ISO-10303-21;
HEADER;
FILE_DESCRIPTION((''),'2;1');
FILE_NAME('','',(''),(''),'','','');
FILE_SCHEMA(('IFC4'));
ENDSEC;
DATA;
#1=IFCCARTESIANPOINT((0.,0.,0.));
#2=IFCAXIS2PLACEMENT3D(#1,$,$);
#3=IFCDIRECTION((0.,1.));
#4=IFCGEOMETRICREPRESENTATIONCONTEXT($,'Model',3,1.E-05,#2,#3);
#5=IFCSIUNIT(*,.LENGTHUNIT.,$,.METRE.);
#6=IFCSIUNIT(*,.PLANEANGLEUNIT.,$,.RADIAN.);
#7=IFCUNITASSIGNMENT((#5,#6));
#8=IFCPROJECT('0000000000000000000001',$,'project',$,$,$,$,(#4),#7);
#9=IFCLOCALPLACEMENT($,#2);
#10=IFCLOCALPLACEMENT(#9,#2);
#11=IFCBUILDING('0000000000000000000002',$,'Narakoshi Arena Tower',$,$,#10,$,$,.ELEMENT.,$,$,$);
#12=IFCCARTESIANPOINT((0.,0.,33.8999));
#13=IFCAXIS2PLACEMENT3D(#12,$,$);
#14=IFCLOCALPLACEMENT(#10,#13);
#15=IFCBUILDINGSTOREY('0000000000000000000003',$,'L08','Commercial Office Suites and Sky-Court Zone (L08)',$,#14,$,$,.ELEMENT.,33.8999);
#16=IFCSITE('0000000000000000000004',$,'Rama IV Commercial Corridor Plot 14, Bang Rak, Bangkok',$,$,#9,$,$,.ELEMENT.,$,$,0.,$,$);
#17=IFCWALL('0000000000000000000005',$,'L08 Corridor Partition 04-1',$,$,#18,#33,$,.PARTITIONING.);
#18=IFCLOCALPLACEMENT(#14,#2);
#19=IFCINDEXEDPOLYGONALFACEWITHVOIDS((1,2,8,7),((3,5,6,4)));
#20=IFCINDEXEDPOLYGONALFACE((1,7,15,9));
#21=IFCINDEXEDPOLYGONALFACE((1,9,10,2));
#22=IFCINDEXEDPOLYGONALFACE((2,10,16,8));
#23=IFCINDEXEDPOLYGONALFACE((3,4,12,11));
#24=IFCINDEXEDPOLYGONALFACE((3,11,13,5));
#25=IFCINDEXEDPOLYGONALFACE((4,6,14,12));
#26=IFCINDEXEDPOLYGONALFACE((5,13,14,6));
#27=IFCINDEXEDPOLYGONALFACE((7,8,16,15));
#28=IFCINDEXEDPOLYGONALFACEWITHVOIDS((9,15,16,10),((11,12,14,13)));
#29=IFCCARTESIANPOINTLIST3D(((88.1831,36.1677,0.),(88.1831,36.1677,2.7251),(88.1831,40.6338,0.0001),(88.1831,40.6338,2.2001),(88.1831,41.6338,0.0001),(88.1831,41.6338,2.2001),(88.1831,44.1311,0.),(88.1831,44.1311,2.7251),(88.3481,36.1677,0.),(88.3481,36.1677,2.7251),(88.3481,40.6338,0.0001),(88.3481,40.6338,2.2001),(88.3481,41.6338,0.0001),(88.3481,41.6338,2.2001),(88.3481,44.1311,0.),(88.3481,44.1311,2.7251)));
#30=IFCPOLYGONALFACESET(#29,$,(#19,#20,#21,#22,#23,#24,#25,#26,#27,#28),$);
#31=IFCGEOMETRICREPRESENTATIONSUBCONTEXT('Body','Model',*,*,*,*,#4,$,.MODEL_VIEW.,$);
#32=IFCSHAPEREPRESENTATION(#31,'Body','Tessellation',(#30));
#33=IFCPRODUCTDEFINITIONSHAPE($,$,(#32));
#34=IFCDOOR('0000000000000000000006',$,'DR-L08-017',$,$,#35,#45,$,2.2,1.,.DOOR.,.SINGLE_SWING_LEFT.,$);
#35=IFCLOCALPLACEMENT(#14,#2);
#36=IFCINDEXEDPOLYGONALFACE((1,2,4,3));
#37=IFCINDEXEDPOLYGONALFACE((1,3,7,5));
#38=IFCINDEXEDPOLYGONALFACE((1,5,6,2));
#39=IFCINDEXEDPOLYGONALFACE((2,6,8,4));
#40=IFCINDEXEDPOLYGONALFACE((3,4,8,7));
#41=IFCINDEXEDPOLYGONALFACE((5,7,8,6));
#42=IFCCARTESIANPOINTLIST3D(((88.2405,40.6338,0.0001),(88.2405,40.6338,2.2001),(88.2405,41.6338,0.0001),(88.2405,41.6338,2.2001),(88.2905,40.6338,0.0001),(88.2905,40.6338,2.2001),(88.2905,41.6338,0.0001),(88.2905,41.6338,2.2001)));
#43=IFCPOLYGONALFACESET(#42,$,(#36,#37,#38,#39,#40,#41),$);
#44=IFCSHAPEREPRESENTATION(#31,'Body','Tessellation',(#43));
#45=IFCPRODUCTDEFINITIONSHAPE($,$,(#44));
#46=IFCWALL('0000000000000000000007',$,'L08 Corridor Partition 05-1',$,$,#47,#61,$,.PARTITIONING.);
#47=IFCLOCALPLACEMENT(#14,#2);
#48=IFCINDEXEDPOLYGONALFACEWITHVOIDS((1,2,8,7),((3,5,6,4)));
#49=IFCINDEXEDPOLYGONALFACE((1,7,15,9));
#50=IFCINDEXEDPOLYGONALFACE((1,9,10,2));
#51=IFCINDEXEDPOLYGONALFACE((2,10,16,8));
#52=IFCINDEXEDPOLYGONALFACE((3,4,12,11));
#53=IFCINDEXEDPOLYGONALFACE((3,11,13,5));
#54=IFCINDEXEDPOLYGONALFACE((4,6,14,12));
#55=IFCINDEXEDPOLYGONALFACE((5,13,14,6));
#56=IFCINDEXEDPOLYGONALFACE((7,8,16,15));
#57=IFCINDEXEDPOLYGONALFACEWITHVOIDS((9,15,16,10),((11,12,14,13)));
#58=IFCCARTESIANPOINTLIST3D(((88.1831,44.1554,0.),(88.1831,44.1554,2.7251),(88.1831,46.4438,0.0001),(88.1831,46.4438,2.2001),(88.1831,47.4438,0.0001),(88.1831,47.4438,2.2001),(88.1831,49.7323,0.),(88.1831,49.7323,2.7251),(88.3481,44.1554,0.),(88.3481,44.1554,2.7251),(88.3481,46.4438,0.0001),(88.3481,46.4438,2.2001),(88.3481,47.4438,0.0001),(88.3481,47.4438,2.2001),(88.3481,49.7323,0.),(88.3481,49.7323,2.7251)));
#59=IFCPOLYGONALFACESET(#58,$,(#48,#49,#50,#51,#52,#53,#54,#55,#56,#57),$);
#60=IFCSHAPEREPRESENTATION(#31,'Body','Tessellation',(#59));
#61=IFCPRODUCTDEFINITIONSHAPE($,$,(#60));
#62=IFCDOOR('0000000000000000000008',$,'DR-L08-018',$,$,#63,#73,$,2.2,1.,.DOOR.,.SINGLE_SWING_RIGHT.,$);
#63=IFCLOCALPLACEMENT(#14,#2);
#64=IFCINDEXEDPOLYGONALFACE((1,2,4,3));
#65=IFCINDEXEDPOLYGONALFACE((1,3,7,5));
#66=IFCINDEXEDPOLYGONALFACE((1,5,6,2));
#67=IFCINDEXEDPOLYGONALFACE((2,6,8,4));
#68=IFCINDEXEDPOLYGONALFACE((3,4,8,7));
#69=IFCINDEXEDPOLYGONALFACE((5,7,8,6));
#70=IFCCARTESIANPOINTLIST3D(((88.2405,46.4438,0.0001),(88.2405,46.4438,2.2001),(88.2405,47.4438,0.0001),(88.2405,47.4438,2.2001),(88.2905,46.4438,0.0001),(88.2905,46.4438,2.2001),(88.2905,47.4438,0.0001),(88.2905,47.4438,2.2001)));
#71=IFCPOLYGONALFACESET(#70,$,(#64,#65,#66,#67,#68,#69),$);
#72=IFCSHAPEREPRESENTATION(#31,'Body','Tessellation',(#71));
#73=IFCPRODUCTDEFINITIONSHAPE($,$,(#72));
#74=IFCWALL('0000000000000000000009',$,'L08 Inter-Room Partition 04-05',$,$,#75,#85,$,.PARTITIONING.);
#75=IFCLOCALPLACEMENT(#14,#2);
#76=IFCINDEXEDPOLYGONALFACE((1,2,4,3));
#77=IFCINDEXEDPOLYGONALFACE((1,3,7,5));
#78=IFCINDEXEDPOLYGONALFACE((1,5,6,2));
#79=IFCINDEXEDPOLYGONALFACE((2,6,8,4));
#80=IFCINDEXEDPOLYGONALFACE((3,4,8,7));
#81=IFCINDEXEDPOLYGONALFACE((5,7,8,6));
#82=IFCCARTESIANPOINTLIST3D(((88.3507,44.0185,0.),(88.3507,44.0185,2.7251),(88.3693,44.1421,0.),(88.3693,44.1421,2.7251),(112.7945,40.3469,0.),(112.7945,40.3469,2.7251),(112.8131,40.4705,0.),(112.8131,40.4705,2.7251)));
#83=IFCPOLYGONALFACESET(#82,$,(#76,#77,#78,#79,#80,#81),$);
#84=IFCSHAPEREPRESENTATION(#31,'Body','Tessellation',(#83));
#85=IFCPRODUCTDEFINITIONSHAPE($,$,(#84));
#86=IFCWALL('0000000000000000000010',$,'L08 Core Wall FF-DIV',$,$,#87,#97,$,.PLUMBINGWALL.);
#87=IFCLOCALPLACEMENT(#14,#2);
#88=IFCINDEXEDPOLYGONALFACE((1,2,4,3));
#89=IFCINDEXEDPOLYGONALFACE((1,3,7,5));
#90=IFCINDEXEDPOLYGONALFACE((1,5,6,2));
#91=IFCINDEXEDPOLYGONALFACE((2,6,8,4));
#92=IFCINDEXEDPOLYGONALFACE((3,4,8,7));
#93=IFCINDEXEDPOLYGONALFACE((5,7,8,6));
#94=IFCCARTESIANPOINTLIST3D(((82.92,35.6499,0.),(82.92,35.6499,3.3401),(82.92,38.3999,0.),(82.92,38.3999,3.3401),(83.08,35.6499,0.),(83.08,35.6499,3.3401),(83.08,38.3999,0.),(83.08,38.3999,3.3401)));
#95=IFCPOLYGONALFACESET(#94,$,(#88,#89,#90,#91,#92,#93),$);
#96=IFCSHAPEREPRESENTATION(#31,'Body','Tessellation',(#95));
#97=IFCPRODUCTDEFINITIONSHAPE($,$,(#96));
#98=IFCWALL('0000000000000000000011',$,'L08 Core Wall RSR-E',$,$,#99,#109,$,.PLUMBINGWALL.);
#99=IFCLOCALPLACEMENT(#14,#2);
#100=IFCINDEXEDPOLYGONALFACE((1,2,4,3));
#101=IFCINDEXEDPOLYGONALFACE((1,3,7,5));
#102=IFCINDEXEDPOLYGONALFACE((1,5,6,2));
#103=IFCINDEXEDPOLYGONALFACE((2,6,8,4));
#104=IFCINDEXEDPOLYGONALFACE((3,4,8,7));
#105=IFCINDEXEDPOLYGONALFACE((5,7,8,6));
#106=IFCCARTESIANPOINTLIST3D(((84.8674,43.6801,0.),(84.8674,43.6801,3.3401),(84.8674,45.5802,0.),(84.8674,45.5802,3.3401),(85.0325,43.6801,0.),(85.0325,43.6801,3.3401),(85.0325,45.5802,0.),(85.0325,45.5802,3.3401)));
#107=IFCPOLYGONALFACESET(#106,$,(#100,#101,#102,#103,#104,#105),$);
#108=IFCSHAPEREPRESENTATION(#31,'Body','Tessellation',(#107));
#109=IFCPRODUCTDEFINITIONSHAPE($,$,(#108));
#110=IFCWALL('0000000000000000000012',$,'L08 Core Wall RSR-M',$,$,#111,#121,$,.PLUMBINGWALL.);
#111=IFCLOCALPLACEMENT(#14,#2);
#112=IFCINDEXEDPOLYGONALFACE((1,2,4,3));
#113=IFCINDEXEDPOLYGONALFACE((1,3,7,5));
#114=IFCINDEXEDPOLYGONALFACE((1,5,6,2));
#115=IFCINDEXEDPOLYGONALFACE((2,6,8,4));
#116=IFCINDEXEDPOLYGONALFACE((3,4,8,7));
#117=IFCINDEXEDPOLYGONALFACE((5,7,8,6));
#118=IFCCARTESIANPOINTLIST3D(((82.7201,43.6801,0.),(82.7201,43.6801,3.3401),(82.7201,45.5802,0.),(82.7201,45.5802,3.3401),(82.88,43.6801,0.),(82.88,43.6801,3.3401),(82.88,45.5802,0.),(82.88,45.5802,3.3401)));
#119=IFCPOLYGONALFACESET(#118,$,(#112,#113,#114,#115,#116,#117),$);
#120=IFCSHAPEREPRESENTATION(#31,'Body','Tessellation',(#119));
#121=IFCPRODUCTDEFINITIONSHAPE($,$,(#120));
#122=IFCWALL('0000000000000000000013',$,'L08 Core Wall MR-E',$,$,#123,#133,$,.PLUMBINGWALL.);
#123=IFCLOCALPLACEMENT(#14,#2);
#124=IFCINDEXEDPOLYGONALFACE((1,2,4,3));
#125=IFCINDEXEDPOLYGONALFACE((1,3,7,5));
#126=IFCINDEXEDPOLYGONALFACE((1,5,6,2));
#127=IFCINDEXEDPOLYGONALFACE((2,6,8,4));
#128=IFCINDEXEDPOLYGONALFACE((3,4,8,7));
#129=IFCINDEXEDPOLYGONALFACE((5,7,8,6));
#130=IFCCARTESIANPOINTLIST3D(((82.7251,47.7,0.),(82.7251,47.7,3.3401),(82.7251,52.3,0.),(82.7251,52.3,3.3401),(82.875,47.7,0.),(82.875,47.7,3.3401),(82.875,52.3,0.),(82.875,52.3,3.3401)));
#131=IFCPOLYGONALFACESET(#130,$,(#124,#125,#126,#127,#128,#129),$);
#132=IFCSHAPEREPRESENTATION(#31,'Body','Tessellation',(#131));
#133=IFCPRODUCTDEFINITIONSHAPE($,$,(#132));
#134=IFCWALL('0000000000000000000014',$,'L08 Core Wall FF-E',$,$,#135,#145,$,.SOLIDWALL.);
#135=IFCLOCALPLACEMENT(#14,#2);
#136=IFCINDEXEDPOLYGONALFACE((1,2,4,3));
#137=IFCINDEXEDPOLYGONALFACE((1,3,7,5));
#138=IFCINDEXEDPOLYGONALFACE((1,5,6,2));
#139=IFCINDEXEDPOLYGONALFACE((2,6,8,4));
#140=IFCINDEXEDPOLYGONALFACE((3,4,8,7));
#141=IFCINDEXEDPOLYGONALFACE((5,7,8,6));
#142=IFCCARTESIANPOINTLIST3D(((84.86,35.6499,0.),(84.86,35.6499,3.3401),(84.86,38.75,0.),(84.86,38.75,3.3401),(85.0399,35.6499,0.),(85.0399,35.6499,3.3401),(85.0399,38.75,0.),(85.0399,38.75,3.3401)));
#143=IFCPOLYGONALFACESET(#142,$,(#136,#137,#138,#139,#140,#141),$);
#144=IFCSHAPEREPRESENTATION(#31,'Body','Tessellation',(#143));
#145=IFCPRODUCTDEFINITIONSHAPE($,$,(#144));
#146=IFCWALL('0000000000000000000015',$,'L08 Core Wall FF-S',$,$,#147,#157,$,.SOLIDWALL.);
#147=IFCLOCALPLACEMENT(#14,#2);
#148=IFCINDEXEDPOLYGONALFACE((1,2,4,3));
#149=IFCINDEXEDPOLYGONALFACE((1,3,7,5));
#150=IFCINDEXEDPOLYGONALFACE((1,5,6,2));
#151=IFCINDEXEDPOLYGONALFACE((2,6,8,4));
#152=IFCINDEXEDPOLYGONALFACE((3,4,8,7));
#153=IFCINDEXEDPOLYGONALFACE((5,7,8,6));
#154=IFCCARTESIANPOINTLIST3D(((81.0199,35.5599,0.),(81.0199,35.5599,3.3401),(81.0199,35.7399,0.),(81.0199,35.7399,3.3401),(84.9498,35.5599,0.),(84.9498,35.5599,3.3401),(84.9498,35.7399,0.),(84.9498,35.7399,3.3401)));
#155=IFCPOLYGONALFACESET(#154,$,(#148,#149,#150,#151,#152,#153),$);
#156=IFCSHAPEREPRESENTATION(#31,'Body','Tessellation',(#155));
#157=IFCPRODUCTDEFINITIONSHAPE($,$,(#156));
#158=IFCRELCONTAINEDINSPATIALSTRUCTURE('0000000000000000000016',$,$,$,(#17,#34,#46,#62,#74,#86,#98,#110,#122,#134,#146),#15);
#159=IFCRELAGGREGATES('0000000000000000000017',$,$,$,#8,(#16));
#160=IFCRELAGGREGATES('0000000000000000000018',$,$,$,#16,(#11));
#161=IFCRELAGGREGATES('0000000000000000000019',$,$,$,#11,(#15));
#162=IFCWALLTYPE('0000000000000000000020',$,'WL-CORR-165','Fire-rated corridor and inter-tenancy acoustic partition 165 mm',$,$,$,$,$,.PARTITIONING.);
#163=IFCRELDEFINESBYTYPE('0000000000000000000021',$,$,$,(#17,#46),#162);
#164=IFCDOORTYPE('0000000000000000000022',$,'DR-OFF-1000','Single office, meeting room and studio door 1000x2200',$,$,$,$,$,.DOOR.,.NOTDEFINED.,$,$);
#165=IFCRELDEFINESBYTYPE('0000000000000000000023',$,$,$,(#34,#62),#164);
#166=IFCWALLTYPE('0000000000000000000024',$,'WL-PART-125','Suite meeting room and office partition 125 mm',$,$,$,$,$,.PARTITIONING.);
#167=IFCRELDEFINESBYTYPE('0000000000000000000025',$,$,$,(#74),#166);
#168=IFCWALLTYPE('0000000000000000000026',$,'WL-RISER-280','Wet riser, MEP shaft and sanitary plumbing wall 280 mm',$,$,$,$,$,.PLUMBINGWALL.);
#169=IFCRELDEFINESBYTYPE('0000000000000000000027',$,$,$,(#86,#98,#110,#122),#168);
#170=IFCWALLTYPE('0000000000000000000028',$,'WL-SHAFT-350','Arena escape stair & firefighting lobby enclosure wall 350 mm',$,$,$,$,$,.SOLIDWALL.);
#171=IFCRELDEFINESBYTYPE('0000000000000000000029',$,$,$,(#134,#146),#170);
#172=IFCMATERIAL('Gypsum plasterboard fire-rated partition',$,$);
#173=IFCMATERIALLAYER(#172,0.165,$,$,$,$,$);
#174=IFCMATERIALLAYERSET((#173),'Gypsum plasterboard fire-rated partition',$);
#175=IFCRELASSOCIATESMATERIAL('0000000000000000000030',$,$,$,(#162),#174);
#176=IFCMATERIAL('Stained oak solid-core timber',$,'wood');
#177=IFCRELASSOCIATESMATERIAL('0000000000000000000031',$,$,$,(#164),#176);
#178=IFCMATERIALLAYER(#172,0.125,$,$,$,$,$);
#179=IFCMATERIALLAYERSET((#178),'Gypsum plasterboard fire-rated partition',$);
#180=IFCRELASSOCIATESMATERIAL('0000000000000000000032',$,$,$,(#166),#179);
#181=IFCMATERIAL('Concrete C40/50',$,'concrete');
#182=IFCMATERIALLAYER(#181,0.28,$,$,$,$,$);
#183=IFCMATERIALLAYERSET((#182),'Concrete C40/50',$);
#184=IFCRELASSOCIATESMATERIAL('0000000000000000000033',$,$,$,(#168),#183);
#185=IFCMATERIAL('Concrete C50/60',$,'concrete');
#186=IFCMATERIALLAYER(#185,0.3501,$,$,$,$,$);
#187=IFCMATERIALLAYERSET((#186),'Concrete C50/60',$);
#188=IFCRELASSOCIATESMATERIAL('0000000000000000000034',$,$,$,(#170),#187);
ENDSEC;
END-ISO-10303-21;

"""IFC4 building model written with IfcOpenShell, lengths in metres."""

from ifc_helpers import new_model, si_unit, direction, frame, frame_2d, origin, place, context, subcontext, project, spatial, rectangle, extrude, material, layer, layer_set, type_object, element, fill, save


model = new_model("IFC4")

# Units and contexts
model_context = context("Model", 3, precision=1e-05, world=origin(), true_north=direction((0.0, 1.0)))
body_context = subcontext(model_context, "Body", "Model", "MODEL_VIEW")
ifc_project = project(units=[si_unit("LENGTHUNIT", "METRE"), si_unit("PLANEANGLEUNIT", "RADIAN")], contexts=[model_context])

# Site, building, storey
site_placement = place(None, origin())
site = spatial("IfcSite", under=ifc_project, at=site_placement, Name="Rama IV Commercial Corridor Plot 14, Bang Rak, Bangkok", CompositionType="ELEMENT", RefElevation=0.0)
building_placement = place(site_placement, origin())
building = spatial("IfcBuilding", under=site, at=building_placement, Name="Narakoshi Arena Tower", CompositionType="ELEMENT")
storey_placement = place(building_placement, frame((0.0, 0.0, 33.8999)))
storey = spatial("IfcBuildingStorey", under=building, at=storey_placement, Name="L08", Description="Commercial Office Suites and Sky-Court Zone (L08)", CompositionType="ELEMENT", Elevation=33.8999)

# Walls, openings, doors
ifc_material_1 = material(Name="Gypsum plasterboard fire-rated partition")
ifc_layer_1 = layer(ifc_material_1, 0.165)
ifc_layer_set_1 = layer_set([ifc_layer_1], Name="Gypsum plasterboard fire-rated partition")
wall_type_1 = type_object("IfcWallType", Name="WL-CORR-165", Description="Fire-rated corridor and inter-tenancy acoustic partition 165 mm", PredefinedType="PARTITIONING", material=ifc_layer_set_1)
ifc_material_2 = material(Name="Stained oak solid-core timber", Category="wood")
door_type_1 = type_object("IfcDoorType", Name="DR-OFF-1000", Description="Single office, meeting room and studio door 1000x2200", OperationType="NOTDEFINED", PredefinedType="DOOR", material=ifc_material_2)
wall_1_placement = place(storey_placement, frame((88.2656, 36.1677, 0.0), z_axis=(0.0, 0.0, 1.0), x_axis=(0.0, 1.0, 0.0)))
wall_1 = element("IfcWall", 1, at=wall_1_placement, inside=storey, type_object=wall_type_1, Name="L08 Corridor Partition 04-1", PredefinedType="PARTITIONING", context=body_context, shape_type="SweptSolid", body=[
    extrude(rectangle(XDim=7.9634, YDim=0.165, at=frame_2d((3.9817, 0.0))), origin(), (0.0, 0.0, 1.0), 2.7251),
])
opening_1_placement = place(wall_1_placement, frame((4.4661, 0.0, 0.0)))
opening_1 = element("IfcOpeningElement", 2, at=opening_1_placement, cuts=wall_1, PredefinedType="OPENING", context=body_context, shape_type="SweptSolid", body=[
    extrude(rectangle(XDim=1.0, YDim=2.2, at=frame_2d((0.5, 1.1001))), frame((0.0, 0.0925, 0.0), z_axis=(0.0, -1.0, 0.0), x_axis=(1.0, 0.0, 0.0)), (0.0, 0.0, 1.0), 0.1851),
])
door_1_placement = place(opening_1_placement, frame((1.0, 0.0, 0.0), z_axis=(0.0, 0.0, 1.0), x_axis=(-1.0, 0.0, 0.0)))
door_1 = element("IfcDoor", 3, at=door_1_placement, inside=storey, type_object=door_type_1, Name="DR-L08-017", OperationType="SINGLE_SWING_LEFT", OverallHeight=2.2, OverallWidth=1.0, PredefinedType="DOOR", context=body_context, shape_type="SweptSolid", body=[
    extrude(rectangle(XDim=1.0, YDim=2.2, at=frame_2d((0.5, 1.1001))), frame((0.0, 0.0249, 0.0), z_axis=(0.0, -1.0, 0.0), x_axis=(1.0, 0.0, 0.0)), (0.0, 0.0, 1.0), 0.05),
])
fill(opening_1, door_1)
wall_2_placement = place(storey_placement, frame((88.2656, 44.1553, 0.0), z_axis=(0.0, 0.0, 1.0), x_axis=(0.0, 1.0, 0.0)))
wall_2 = element("IfcWall", 4, at=wall_2_placement, inside=storey, type_object=wall_type_1, Name="L08 Corridor Partition 05-1", PredefinedType="PARTITIONING", context=body_context, shape_type="SweptSolid", body=[
    extrude(rectangle(XDim=5.5769, YDim=0.165, at=frame_2d((2.7886, 0.0))), origin(), (0.0, 0.0, 1.0), 2.7251),
])
opening_2_placement = place(wall_2_placement, frame((2.2886, 0.0, 0.0)))
opening_2 = element("IfcOpeningElement", 5, at=opening_2_placement, cuts=wall_2, PredefinedType="OPENING", context=body_context, shape_type="SweptSolid", body=[
    extrude(rectangle(XDim=1.0, YDim=2.2, at=frame_2d((0.5, 1.1001))), frame((0.0, 0.0925, 0.0), z_axis=(0.0, -1.0, 0.0), x_axis=(1.0, 0.0, 0.0)), (0.0, 0.0, 1.0), 0.1851),
])
door_2_placement = place(opening_2_placement, frame((1.0, 0.0, 0.0), z_axis=(0.0, 0.0, 1.0), x_axis=(-1.0, 0.0, 0.0)))
door_2 = element("IfcDoor", 6, at=door_2_placement, inside=storey, type_object=door_type_1, Name="DR-L08-018", OperationType="SINGLE_SWING_RIGHT", OverallHeight=2.2, OverallWidth=1.0, PredefinedType="DOOR", context=body_context, shape_type="SweptSolid", body=[
    extrude(rectangle(XDim=1.0, YDim=2.2, at=frame_2d((0.5, 1.1001))), frame((0.0, 0.0249, 0.0), z_axis=(0.0, -1.0, 0.0), x_axis=(1.0, 0.0, 0.0)), (0.0, 0.0, 1.0), 0.05),
])
fill(opening_2, door_2)

# Walls
ifc_layer_2 = layer(ifc_material_1, 0.125)
ifc_layer_set_2 = layer_set([ifc_layer_2], Name="Gypsum plasterboard fire-rated partition")
wall_type_2 = type_object("IfcWallType", Name="WL-PART-125", Description="Suite meeting room and office partition 125 mm", PredefinedType="PARTITIONING", material=ifc_layer_set_2)
wall_3_placement = place(storey_placement, frame((88.3601, 44.0803, 0.0), z_axis=(0.0, 0.0, 1.0), x_axis=(0.988906, -0.14854, 0.0)))
element("IfcWall", 7, at=wall_3_placement, inside=storey, type_object=wall_type_2, Name="L08 Inter-Room Partition 04-05", PredefinedType="PARTITIONING", context=body_context, shape_type="SweptSolid", body=[
    extrude(rectangle(XDim=24.718, YDim=0.125, at=frame_2d((12.3589, 0.0))), origin(), (0.0, 0.0, 1.0), 2.7251),
])
ifc_material_3 = material(Name="Concrete C40/50", Category="concrete")
ifc_layer_3 = layer(ifc_material_3, 0.28)
ifc_layer_set_3 = layer_set([ifc_layer_3], Name="Concrete C40/50")
wall_type_3 = type_object("IfcWallType", Name="WL-RISER-280", Description="Wet riser, MEP shaft and sanitary plumbing wall 280 mm", PredefinedType="PLUMBINGWALL", material=ifc_layer_set_3)
wall_4_placement = place(storey_placement, frame((83.0, 35.6499, 0.0), z_axis=(0.0, 0.0, 1.0), x_axis=(0.0, 1.0, 0.0)))
element("IfcWall", 8, at=wall_4_placement, inside=storey, type_object=wall_type_3, Name="L08 Core Wall FF-DIV", PredefinedType="PLUMBINGWALL", context=body_context, shape_type="SweptSolid", body=[
    extrude(rectangle(XDim=2.75, YDim=0.1599, at=frame_2d((1.375, 0.0))), origin(), (0.0, 0.0, 1.0), 3.3401),
])
wall_5_placement = place(storey_placement, frame((84.95, 43.6799, 0.0), z_axis=(0.0, 0.0, 1.0), x_axis=(0.0, 1.0, 0.0)))
element("IfcWall", 9, at=wall_5_placement, inside=storey, type_object=wall_type_3, Name="L08 Core Wall RSR-E", PredefinedType="PLUMBINGWALL", context=body_context, shape_type="SweptSolid", body=[
    extrude(rectangle(XDim=1.9001, YDim=0.165, at=frame_2d((0.9502, 0.0))), origin(), (0.0, 0.0, 1.0), 3.3401),
])
wall_6_placement = place(storey_placement, frame((82.8, 43.6799, 0.0), z_axis=(0.0, 0.0, 1.0), x_axis=(0.0, 1.0, 0.0)))
element("IfcWall", 10, at=wall_6_placement, inside=storey, type_object=wall_type_3, Name="L08 Core Wall RSR-M", PredefinedType="PLUMBINGWALL", context=body_context, shape_type="SweptSolid", body=[
    extrude(rectangle(XDim=1.9001, YDim=0.1599, at=frame_2d((0.9502, 0.0))), origin(), (0.0, 0.0, 1.0), 3.3401),
])
wall_7_placement = place(storey_placement, frame((82.8, 47.7, 0.0), z_axis=(0.0, 0.0, 1.0), x_axis=(0.0, 1.0, 0.0)))
element("IfcWall", 11, at=wall_7_placement, inside=storey, type_object=wall_type_3, Name="L08 Core Wall MR-E", PredefinedType="PLUMBINGWALL", context=body_context, shape_type="SweptSolid", body=[
    extrude(rectangle(XDim=4.6001, YDim=0.1499, at=frame_2d((2.3, 0.0))), origin(), (0.0, 0.0, 1.0), 3.3401),
])
ifc_material_4 = material(Name="Concrete C50/60", Category="concrete")
ifc_layer_4 = layer(ifc_material_4, 0.3501)
ifc_layer_set_4 = layer_set([ifc_layer_4], Name="Concrete C50/60")
wall_type_4 = type_object("IfcWallType", Name="WL-SHAFT-350", Description="Arena escape stair & firefighting lobby enclosure wall 350 mm", PredefinedType="SOLIDWALL", material=ifc_layer_set_4)
wall_8_placement = place(storey_placement, frame((84.95, 35.6499, 0.0), z_axis=(0.0, 0.0, 1.0), x_axis=(0.0, 1.0, 0.0)))
element("IfcWall", 12, at=wall_8_placement, inside=storey, type_object=wall_type_4, Name="L08 Core Wall FF-E", PredefinedType="SOLIDWALL", context=body_context, shape_type="SweptSolid", body=[
    extrude(rectangle(XDim=3.1001, YDim=0.1799, at=frame_2d((1.55, 0.0))), origin(), (0.0, 0.0, 1.0), 3.3401),
])
wall_9_placement = place(storey_placement, frame((81.02, 35.6499, 0.0), z_axis=(0.0, 0.0, 1.0), x_axis=(1.0, 0.0, 0.0)))
element("IfcWall", 13, at=wall_9_placement, inside=storey, type_object=wall_type_4, Name="L08 Core Wall FF-S", PredefinedType="SOLIDWALL", context=body_context, shape_type="SweptSolid", body=[
    extrude(rectangle(XDim=3.9299, YDim=0.1799, at=frame_2d((1.9648, 0.0))), origin(), (0.0, 0.0, 1.0), 3.3401),
])

save(model, "model.ifc")
